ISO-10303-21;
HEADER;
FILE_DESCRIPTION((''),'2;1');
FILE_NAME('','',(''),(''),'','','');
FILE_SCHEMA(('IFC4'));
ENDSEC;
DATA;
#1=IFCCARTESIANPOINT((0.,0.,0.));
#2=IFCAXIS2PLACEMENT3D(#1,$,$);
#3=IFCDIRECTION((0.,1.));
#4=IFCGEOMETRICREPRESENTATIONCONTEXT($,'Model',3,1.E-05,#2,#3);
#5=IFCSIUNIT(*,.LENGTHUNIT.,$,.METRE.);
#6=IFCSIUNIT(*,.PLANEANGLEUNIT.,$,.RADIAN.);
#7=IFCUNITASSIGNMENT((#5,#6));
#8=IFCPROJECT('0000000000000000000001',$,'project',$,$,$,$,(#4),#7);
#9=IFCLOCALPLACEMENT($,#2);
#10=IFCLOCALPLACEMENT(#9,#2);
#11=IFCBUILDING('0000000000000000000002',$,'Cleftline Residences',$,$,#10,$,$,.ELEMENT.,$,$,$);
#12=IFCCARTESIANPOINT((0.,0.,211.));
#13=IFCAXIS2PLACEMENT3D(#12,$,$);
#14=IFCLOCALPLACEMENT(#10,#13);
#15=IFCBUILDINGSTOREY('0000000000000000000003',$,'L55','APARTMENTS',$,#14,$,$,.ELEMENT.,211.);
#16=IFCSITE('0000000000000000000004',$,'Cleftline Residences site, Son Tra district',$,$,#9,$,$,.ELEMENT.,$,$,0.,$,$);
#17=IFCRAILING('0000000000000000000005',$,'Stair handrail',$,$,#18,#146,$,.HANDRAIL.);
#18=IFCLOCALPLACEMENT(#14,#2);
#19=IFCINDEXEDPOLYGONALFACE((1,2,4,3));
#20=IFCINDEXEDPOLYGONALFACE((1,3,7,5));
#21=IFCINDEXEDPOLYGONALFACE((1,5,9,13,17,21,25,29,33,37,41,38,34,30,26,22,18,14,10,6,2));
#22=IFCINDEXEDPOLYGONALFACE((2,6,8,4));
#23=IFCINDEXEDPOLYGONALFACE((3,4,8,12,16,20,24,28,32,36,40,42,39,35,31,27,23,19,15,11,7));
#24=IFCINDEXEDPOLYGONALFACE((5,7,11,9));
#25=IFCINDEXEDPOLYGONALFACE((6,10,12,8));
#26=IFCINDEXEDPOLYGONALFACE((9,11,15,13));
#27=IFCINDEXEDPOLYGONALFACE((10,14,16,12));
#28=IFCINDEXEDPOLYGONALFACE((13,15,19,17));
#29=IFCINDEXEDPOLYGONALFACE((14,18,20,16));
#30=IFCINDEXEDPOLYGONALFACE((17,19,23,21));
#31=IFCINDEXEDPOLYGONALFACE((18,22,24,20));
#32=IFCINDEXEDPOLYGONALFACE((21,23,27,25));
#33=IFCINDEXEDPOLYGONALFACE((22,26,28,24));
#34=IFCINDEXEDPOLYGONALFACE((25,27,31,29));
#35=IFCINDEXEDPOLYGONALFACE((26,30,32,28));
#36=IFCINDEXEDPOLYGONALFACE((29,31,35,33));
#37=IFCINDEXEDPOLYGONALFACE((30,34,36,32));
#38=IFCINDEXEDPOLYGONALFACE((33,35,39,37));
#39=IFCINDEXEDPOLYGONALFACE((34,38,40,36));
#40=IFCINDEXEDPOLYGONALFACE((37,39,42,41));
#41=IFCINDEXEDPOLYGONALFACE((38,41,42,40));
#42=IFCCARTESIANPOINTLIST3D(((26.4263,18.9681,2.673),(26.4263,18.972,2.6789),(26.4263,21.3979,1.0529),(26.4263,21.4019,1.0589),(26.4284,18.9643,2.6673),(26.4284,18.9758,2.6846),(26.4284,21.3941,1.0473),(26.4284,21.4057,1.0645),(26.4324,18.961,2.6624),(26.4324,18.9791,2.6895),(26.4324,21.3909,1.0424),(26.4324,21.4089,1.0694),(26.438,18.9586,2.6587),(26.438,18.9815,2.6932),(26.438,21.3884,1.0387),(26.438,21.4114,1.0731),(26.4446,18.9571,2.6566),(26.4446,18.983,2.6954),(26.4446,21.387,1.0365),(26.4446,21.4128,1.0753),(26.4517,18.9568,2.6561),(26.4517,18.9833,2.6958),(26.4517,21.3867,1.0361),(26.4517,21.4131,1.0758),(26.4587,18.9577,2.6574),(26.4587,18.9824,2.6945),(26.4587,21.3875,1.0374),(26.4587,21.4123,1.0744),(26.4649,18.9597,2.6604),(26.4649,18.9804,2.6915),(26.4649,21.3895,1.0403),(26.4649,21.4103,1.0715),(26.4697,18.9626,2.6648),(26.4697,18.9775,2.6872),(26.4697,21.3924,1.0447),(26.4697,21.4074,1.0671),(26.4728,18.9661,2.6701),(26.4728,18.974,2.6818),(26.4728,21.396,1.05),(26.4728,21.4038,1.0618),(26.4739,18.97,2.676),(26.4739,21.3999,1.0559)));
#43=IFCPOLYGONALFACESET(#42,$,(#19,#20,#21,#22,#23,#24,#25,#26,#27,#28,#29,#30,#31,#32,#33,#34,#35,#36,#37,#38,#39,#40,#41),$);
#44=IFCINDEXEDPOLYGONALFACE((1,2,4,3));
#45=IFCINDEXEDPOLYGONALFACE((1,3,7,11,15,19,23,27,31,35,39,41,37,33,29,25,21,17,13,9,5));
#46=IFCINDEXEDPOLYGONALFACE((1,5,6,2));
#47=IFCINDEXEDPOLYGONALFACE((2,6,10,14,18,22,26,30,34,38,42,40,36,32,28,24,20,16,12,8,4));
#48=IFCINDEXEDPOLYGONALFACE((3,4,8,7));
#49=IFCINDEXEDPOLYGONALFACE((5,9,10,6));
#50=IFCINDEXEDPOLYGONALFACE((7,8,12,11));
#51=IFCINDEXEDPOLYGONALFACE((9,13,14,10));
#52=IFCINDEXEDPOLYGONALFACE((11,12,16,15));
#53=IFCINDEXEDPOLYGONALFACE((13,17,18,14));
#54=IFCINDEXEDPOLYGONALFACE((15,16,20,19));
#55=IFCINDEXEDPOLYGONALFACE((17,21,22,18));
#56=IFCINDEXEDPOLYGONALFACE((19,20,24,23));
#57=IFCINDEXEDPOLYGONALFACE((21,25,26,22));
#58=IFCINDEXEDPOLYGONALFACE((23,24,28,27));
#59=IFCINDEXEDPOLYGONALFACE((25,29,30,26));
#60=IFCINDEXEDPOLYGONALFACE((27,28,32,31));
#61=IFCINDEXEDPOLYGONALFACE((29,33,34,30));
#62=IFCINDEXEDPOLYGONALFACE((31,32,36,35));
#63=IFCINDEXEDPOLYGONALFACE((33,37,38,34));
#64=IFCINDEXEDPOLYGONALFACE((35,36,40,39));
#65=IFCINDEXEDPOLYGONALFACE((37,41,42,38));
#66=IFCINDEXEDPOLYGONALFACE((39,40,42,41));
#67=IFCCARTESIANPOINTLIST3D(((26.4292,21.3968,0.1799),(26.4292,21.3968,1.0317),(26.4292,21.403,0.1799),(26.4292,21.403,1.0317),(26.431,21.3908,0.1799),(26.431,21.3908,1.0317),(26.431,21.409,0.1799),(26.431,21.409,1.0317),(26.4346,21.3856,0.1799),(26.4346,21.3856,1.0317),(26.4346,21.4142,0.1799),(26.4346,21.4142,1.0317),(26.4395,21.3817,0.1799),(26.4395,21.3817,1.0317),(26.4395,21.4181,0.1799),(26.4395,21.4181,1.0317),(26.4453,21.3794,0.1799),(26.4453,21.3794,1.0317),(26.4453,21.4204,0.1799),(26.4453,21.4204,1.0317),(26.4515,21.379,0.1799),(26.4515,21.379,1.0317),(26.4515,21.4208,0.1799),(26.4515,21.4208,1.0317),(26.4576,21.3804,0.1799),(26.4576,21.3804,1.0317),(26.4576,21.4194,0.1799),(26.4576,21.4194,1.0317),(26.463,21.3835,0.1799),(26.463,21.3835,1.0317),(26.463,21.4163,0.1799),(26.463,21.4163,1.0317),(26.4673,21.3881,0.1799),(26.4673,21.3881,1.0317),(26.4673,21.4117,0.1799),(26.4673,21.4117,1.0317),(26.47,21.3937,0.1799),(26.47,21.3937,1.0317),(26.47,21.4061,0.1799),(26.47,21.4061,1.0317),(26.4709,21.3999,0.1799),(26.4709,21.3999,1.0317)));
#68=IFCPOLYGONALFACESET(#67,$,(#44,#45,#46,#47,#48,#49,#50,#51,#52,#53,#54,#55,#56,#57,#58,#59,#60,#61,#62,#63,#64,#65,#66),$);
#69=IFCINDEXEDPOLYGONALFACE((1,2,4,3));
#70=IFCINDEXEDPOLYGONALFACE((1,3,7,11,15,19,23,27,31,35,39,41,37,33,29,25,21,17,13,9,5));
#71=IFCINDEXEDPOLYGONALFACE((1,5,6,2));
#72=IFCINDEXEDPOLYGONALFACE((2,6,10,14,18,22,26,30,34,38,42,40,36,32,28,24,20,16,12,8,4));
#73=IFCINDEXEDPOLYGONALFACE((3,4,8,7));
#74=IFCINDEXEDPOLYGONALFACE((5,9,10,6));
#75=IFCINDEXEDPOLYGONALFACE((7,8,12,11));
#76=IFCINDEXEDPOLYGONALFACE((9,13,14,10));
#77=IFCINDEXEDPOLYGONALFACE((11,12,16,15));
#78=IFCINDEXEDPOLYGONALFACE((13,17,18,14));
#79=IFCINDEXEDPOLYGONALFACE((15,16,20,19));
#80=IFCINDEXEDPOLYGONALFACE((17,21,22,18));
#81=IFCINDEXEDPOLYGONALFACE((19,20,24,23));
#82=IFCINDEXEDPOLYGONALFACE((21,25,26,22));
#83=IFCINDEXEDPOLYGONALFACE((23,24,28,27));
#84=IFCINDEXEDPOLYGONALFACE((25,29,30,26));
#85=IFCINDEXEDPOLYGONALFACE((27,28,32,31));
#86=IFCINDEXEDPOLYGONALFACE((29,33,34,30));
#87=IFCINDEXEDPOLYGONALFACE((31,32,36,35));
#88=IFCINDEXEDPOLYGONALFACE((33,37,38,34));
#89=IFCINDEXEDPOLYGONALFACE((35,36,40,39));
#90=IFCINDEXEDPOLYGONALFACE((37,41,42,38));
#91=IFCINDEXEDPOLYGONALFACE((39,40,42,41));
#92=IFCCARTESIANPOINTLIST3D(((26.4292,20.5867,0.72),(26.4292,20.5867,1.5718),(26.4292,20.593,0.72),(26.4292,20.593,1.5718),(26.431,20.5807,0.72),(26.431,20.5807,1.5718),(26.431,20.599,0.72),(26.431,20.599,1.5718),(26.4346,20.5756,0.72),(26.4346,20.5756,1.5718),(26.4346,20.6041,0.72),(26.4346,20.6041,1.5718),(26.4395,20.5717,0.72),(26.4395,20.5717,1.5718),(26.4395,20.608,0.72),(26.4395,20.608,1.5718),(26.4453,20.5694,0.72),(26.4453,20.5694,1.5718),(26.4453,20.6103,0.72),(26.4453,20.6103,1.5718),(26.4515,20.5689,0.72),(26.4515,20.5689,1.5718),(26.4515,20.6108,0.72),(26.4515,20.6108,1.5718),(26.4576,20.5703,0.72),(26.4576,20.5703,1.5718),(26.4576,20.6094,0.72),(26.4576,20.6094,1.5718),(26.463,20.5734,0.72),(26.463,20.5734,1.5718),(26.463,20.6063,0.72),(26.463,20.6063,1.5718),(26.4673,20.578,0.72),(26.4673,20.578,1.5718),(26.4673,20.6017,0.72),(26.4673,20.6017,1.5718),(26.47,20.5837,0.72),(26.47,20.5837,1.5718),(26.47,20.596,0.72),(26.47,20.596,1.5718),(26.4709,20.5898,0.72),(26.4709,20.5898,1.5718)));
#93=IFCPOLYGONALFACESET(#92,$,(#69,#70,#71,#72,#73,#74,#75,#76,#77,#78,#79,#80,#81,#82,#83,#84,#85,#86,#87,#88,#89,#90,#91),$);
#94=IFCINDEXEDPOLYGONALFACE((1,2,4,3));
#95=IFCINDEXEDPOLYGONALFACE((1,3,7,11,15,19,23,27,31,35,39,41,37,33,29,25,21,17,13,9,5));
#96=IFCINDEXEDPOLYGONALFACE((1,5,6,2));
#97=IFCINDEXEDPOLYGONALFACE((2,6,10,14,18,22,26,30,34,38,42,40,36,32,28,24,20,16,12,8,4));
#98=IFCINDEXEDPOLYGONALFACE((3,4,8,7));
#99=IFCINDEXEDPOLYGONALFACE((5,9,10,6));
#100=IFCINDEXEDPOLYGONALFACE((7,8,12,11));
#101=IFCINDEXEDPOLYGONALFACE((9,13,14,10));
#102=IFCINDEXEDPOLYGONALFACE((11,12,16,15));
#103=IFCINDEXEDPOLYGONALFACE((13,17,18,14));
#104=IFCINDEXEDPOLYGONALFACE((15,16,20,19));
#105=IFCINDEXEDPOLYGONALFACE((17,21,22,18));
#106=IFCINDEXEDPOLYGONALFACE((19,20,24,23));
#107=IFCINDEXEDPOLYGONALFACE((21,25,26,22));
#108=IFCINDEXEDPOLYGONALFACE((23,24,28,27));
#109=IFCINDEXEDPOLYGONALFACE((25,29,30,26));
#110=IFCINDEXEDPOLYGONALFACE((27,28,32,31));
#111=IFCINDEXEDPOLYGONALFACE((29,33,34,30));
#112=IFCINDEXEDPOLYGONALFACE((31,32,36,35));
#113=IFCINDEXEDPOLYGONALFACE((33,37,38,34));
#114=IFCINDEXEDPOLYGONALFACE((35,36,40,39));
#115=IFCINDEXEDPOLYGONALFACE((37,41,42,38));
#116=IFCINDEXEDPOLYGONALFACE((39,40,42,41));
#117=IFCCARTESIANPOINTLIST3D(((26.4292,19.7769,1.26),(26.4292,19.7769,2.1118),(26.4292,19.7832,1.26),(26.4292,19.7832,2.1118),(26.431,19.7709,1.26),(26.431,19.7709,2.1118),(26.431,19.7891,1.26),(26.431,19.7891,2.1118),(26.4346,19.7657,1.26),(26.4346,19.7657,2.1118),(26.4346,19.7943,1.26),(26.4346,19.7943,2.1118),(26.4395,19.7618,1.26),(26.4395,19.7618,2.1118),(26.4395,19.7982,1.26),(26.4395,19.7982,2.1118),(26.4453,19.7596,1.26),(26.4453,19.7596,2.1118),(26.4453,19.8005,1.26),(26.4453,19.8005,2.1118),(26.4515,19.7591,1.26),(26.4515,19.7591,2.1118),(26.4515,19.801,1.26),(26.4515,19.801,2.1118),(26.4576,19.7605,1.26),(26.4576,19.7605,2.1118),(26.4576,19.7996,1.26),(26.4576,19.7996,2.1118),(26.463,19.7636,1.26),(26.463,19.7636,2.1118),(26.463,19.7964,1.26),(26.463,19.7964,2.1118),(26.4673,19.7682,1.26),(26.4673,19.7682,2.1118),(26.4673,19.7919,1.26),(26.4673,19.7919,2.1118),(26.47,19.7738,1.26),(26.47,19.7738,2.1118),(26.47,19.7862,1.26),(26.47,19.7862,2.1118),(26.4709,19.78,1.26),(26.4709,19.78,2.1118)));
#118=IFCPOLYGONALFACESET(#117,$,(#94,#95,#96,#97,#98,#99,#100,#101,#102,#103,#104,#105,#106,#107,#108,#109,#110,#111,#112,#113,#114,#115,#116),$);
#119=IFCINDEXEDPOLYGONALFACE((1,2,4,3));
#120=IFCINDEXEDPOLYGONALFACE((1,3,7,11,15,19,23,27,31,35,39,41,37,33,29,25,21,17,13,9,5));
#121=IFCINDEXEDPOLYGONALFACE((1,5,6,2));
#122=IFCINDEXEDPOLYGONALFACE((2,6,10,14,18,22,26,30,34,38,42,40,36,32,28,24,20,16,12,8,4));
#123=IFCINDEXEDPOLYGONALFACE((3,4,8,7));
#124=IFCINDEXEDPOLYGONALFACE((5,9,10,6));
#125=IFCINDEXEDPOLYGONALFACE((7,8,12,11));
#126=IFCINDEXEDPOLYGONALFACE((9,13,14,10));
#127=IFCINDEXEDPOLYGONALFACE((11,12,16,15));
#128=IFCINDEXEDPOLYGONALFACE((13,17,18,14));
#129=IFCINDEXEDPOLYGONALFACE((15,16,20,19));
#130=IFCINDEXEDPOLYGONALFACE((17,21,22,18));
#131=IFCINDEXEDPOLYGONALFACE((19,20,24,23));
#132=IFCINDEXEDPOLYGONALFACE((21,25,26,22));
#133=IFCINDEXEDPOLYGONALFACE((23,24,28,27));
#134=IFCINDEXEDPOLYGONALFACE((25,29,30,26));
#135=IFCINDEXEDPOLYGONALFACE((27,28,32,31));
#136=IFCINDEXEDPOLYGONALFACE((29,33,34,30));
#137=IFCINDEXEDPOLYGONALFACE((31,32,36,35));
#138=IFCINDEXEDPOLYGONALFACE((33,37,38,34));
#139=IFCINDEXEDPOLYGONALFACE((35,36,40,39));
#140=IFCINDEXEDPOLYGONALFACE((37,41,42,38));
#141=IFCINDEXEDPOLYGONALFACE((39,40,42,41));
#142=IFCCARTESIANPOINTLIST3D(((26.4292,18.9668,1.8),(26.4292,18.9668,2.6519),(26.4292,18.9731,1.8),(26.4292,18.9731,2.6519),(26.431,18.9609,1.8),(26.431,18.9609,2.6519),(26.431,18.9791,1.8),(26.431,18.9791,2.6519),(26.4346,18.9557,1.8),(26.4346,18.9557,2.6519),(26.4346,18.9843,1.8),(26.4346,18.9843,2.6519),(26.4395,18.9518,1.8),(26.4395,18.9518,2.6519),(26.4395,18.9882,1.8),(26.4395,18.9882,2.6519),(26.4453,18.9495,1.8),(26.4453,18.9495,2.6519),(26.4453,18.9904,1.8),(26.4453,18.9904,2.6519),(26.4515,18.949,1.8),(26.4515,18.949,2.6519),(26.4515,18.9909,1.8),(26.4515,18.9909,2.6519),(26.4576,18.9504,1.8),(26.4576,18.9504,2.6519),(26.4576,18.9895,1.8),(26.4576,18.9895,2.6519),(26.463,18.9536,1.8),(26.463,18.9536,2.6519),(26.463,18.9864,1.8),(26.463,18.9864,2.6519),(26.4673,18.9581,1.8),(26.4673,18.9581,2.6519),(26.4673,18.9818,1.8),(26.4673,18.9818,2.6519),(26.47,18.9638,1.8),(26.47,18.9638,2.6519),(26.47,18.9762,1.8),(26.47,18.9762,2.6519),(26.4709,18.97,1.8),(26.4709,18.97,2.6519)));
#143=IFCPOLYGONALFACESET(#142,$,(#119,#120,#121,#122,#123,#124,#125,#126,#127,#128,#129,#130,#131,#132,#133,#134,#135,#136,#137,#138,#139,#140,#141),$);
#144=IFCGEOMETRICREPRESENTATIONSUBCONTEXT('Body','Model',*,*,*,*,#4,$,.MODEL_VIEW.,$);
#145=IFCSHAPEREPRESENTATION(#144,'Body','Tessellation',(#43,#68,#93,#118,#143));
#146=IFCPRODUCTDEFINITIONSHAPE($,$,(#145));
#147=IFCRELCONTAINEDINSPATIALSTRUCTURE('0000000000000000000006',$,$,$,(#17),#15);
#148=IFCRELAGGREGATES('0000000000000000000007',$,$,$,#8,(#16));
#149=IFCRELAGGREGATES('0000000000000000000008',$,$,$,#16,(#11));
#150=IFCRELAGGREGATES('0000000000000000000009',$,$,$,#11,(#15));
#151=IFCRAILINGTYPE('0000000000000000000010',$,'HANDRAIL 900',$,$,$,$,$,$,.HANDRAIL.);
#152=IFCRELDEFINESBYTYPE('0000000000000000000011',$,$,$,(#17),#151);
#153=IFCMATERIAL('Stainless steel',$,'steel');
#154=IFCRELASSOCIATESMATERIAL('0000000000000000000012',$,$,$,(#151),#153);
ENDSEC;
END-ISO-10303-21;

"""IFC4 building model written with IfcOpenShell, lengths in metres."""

from ifc_helpers import new_model, si_unit, direction, frame, origin, origin_2d, place, context, subcontext, project, spatial, circle, extrude, material, type_object, element, save


model = new_model("IFC4")

# Units and contexts
model_context = context("Model", 3, precision=1e-05, world=origin(), true_north=direction((0.0, 1.0)))
body_context = subcontext(model_context, "Body", "Model", "MODEL_VIEW")
ifc_project = project(units=[si_unit("LENGTHUNIT", "METRE"), si_unit("PLANEANGLEUNIT", "RADIAN")], contexts=[model_context])

# Site, building, storey
site_placement = place(None, origin())
site = spatial("IfcSite", under=ifc_project, at=site_placement, Name="Cleftline Residences site, Son Tra district", CompositionType="ELEMENT", RefElevation=0.0)
building_placement = place(site_placement, origin())
building = spatial("IfcBuilding", under=site, at=building_placement, Name="Cleftline Residences", CompositionType="ELEMENT")
storey_placement = place(building_placement, frame((0.0, 0.0, 211.0)))
storey = spatial("IfcBuildingStorey", under=building, at=storey_placement, Name="L55", Description="APARTMENTS", CompositionType="ELEMENT", Elevation=211.0)

# Railing
ifc_material_1 = material(Name="Stainless steel", Category="steel")
railing_type = type_object("IfcRailingType", Name="HANDRAIL 900", PredefinedType="HANDRAIL", material=ifc_material_1)
railing_1_placement = place(storey_placement, frame((26.45, 21.3999, 0.1799)))
element("IfcRailing", 1, at=railing_1_placement, inside=storey, type_object=railing_type, Name="Stair handrail", PredefinedType="HANDRAIL", context=body_context, shape_type="SweptSolid", body=[
    extrude(circle(Radius=0.0239, at=origin_2d()), frame((0.0, 0.0, 0.876), z_axis=(0.0, -0.832025, 0.554739), x_axis=(1.0, 0.0, 0.0)), (0.0, 0.0, 1.0), 2.9204),
    extrude(circle(Radius=0.021, at=origin_2d()), origin(), (0.0, 0.0, 1.0), 0.8518),
    extrude(circle(Radius=0.021, at=origin_2d()), frame((0.0, -0.8101, 0.54)), (0.0, 0.0, 1.0), 0.8518),
    extrude(circle(Radius=0.021, at=origin_2d()), frame((0.0, -1.6199, 1.0801)), (0.0, 0.0, 1.0), 0.8518),
    extrude(circle(Radius=0.021, at=origin_2d()), frame((0.0, -2.4299, 1.6201)), (0.0, 0.0, 1.0), 0.8518),
])

save(model, "model.ifc")
